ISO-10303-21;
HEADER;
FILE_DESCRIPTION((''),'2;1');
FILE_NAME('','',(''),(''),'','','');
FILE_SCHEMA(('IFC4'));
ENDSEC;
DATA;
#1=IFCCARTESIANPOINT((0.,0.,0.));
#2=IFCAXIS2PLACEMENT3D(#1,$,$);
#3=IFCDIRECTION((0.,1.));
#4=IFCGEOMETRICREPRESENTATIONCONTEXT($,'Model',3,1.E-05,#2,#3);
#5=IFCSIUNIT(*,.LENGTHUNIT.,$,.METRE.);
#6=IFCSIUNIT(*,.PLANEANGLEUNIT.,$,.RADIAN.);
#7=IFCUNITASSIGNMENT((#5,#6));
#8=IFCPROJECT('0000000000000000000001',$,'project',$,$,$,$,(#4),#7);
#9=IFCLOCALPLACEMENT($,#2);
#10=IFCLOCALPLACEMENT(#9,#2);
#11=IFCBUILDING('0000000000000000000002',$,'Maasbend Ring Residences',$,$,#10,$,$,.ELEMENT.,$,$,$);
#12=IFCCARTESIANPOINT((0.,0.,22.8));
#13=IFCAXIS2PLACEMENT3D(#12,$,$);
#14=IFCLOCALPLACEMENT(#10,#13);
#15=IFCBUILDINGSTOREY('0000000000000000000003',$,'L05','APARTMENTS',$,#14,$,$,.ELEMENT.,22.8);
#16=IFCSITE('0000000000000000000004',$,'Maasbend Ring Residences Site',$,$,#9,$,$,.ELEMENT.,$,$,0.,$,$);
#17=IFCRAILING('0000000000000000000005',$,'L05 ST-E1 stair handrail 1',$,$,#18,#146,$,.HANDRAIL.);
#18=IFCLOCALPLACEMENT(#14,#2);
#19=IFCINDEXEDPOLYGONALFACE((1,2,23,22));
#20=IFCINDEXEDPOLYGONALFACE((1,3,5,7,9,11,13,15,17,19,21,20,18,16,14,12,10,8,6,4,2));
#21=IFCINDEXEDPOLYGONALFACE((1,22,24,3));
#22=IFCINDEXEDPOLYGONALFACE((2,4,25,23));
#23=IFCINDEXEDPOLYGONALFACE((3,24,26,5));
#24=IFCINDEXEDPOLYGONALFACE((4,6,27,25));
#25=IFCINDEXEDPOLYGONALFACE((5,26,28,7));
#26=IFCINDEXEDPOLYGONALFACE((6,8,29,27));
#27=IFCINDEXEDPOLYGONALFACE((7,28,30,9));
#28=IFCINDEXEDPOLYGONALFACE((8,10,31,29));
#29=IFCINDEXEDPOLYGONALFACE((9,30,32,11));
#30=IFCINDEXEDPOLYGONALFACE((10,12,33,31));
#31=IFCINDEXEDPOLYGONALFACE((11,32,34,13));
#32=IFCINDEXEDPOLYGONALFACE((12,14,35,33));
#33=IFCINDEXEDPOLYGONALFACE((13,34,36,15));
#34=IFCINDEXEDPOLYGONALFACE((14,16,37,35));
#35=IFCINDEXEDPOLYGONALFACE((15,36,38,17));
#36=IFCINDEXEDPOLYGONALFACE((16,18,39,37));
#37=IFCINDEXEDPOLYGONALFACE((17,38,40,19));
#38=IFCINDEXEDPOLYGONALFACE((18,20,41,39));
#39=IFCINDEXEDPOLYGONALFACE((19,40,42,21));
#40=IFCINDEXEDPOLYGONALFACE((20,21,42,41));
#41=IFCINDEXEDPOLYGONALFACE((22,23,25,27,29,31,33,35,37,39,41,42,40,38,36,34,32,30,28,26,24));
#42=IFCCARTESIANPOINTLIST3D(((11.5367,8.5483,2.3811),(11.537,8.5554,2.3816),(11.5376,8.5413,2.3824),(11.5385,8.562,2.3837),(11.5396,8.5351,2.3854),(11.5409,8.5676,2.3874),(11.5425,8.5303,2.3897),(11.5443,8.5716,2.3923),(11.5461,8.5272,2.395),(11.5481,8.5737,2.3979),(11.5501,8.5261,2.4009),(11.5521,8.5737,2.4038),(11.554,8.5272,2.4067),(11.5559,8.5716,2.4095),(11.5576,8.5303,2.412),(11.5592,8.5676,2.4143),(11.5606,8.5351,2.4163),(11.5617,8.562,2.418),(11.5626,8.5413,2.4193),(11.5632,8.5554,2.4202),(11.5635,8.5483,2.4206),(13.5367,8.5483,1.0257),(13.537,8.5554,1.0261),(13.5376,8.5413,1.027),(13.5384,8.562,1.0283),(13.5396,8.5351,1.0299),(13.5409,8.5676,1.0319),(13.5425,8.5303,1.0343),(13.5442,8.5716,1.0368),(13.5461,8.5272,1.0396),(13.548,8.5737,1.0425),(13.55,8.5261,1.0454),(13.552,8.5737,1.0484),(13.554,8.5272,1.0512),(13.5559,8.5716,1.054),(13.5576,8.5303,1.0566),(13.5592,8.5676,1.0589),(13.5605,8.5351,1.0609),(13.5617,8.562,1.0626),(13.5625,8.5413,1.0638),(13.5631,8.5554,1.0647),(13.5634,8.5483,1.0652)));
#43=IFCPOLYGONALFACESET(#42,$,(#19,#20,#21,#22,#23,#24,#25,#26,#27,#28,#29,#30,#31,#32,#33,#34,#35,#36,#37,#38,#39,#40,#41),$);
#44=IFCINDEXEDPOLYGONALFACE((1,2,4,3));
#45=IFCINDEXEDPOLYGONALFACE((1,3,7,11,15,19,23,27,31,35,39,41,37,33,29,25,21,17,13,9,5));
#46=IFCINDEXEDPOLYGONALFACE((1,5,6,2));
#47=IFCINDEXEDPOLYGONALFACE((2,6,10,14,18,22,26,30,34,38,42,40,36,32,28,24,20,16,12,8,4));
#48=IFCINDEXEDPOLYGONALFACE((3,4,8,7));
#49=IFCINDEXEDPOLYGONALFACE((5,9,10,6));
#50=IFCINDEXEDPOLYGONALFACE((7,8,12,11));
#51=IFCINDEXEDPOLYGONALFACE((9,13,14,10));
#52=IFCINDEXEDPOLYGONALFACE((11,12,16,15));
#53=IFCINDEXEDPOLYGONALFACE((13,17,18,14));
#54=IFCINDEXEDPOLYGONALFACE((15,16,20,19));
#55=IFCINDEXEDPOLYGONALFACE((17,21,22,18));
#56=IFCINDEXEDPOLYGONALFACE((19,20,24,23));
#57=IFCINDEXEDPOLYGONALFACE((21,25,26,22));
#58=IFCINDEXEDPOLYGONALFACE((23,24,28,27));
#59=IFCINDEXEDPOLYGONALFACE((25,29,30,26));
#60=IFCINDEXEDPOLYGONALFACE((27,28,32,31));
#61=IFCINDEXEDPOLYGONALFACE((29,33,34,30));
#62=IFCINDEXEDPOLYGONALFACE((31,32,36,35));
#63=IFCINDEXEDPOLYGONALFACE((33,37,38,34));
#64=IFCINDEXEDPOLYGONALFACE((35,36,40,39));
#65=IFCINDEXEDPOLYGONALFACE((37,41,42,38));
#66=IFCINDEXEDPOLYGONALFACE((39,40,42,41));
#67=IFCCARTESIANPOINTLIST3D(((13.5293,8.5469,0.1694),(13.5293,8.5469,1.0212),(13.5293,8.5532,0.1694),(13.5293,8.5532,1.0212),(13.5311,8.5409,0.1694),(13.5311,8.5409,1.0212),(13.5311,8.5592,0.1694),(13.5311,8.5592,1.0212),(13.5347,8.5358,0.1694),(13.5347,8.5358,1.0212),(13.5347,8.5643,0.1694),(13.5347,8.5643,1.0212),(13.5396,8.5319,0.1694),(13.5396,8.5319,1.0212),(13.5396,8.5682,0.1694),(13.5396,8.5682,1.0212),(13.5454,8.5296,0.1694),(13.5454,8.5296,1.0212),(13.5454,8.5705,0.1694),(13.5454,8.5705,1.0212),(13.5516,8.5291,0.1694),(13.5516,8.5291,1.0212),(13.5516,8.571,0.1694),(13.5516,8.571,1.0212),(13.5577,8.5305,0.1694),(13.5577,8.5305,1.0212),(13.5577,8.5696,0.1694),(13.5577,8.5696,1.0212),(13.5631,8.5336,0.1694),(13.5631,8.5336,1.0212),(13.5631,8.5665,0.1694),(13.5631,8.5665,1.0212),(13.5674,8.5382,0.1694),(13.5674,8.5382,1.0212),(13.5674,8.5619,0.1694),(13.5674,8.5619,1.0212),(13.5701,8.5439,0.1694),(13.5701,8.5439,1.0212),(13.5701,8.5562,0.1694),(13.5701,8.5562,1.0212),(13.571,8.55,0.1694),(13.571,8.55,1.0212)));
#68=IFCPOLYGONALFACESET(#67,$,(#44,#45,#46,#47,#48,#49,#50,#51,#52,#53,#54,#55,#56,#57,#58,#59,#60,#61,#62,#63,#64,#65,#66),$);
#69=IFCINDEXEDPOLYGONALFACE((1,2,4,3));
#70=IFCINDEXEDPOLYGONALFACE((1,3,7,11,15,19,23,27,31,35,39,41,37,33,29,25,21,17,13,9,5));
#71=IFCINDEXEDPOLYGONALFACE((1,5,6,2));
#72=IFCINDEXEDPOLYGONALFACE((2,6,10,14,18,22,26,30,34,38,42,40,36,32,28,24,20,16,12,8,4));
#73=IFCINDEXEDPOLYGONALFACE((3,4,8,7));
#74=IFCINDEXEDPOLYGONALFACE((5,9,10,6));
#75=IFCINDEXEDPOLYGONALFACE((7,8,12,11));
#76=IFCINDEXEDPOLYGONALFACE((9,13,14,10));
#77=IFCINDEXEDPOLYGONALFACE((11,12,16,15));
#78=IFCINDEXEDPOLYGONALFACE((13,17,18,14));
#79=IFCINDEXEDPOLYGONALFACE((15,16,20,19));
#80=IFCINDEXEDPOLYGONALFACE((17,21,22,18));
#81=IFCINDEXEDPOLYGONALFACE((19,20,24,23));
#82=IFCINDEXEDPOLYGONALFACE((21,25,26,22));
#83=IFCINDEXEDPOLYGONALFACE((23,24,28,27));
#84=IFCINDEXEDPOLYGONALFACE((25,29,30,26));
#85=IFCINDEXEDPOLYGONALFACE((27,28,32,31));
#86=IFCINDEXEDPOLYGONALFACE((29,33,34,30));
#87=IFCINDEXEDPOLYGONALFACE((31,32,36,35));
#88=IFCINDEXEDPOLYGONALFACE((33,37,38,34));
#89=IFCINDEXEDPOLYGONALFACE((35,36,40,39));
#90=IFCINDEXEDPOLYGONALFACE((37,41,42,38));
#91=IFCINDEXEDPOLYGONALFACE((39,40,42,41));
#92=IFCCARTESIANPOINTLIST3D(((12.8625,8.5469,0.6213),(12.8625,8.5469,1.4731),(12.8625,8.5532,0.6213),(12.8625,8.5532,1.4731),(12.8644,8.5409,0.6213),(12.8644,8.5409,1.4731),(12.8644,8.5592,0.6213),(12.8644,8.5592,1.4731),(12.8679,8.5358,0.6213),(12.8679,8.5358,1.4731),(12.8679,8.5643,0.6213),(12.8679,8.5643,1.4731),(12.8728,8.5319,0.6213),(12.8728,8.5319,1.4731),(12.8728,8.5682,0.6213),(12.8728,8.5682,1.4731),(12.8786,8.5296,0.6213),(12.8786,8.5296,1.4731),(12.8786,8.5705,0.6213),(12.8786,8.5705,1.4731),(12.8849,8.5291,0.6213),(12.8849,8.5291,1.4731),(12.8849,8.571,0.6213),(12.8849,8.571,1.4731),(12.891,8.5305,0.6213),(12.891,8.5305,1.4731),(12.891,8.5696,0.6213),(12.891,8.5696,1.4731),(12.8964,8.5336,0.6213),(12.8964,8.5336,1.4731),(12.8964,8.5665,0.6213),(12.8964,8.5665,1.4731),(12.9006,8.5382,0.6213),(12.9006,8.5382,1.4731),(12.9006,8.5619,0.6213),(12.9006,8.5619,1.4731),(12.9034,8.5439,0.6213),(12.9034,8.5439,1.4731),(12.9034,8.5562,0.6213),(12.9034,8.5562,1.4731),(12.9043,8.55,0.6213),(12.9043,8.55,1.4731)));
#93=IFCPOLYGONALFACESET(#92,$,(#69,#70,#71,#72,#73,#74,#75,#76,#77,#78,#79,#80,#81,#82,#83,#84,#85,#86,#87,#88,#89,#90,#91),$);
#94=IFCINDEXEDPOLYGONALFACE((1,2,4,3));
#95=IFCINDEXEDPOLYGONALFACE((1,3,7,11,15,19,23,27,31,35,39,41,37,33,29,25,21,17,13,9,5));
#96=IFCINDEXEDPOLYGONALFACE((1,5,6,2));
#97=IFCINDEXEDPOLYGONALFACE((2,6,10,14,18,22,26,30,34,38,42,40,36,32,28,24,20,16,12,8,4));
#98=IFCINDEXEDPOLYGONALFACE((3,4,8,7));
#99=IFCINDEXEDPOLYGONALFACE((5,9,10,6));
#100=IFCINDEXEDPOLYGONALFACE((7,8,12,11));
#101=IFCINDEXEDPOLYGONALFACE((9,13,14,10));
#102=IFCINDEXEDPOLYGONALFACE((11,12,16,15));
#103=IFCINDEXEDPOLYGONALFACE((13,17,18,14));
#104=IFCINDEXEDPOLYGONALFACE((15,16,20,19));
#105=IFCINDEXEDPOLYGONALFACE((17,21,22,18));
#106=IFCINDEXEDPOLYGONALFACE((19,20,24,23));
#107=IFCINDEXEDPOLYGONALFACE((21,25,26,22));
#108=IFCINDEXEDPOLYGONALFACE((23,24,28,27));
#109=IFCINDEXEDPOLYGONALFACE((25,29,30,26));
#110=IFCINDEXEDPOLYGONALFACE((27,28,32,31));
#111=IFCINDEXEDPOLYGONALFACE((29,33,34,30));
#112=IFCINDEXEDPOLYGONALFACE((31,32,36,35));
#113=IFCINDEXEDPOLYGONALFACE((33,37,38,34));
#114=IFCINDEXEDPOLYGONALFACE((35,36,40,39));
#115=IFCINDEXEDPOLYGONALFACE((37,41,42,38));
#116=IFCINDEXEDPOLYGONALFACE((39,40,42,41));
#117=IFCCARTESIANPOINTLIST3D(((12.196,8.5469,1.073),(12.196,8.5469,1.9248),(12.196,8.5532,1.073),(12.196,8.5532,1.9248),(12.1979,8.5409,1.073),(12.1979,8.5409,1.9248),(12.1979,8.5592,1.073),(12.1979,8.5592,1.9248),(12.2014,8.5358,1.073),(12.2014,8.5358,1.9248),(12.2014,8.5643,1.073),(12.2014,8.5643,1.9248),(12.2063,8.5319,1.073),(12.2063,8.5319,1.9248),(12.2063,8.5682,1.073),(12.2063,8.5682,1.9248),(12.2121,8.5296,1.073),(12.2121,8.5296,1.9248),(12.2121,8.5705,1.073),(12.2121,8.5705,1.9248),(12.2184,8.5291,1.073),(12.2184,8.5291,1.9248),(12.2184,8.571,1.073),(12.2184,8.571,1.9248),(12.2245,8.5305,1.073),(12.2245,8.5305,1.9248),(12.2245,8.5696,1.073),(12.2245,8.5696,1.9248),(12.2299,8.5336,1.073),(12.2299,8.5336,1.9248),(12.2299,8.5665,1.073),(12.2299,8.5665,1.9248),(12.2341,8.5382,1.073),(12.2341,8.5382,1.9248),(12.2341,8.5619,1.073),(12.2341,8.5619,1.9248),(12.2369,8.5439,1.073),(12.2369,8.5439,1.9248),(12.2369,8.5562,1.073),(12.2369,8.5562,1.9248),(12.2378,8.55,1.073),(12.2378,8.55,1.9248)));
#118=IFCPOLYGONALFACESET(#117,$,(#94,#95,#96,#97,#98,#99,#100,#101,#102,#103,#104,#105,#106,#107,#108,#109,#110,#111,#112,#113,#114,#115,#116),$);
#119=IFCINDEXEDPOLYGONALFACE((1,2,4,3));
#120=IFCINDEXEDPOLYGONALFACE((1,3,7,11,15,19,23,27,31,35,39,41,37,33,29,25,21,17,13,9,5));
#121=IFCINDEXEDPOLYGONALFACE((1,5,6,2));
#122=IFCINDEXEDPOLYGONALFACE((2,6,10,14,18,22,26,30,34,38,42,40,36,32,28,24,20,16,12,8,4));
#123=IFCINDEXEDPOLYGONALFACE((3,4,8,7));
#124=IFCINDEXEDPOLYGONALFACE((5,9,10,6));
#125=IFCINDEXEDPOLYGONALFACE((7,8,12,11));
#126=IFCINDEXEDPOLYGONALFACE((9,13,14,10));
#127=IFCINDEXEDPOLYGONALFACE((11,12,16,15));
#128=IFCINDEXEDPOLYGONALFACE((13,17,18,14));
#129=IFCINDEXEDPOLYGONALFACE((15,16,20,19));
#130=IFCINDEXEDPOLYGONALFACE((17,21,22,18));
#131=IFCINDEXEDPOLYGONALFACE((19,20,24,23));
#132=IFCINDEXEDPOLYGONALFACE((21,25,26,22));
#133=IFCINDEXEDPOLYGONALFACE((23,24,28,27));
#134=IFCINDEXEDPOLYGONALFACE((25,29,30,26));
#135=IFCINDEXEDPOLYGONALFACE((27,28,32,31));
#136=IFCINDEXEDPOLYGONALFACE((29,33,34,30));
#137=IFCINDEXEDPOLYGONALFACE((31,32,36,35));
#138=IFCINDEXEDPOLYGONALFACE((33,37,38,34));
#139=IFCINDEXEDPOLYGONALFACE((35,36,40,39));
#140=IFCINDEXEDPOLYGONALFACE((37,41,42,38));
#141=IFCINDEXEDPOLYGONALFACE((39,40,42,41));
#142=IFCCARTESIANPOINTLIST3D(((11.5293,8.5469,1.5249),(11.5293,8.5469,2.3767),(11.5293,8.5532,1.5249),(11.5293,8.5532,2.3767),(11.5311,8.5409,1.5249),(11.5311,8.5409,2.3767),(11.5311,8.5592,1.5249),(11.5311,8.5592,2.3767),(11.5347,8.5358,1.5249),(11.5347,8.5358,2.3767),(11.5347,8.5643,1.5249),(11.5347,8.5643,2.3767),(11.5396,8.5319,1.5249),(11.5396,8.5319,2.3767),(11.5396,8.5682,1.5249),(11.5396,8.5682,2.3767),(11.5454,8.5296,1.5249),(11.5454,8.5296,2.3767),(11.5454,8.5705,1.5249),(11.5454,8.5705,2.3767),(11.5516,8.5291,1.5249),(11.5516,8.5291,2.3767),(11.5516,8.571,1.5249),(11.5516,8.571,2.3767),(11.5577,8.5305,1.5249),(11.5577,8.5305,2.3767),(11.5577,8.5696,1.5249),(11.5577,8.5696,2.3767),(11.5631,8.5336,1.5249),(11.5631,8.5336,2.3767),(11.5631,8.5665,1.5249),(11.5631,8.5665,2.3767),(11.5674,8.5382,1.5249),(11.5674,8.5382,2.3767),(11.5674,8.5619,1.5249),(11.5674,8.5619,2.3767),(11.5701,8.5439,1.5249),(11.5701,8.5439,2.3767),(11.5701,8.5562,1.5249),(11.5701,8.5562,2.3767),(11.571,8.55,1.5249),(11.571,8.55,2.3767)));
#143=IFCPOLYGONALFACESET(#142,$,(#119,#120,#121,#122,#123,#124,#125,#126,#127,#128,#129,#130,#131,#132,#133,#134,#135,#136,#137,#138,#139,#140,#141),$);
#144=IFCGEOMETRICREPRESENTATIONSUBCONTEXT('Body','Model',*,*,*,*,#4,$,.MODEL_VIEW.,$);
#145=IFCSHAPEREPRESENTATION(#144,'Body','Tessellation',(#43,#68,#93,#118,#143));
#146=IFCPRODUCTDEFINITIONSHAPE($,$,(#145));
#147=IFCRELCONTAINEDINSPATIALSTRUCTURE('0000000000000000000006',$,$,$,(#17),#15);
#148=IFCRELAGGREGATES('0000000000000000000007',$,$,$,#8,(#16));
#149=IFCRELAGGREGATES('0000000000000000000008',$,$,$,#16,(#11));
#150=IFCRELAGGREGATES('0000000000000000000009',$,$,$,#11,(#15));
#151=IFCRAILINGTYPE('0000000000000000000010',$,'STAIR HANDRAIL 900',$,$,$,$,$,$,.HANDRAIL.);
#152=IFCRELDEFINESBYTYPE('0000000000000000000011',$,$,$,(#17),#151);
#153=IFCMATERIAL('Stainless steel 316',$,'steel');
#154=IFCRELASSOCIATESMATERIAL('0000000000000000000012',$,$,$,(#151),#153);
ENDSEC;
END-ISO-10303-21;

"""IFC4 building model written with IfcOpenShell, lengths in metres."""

from ifc_helpers import new_model, si_unit, direction, frame, origin, origin_2d, place, context, subcontext, project, spatial, circle, extrude, material, type_object, element, save


model = new_model("IFC4")

# Units and contexts
model_context = context("Model", 3, precision=1e-05, world=origin(), true_north=direction((0.0, 1.0)))
body_context = subcontext(model_context, "Body", "Model", "MODEL_VIEW")
ifc_project = project(units=[si_unit("LENGTHUNIT", "METRE"), si_unit("PLANEANGLEUNIT", "RADIAN")], contexts=[model_context])

# Site, building, storey
site_placement = place(None, origin())
site = spatial("IfcSite", under=ifc_project, at=site_placement, Name="Maasbend Ring Residences Site", CompositionType="ELEMENT", RefElevation=0.0)
building_placement = place(site_placement, origin())
building = spatial("IfcBuilding", under=site, at=building_placement, Name="Maasbend Ring Residences", CompositionType="ELEMENT")
storey_placement = place(building_placement, frame((0.0, 0.0, 22.8)))
storey = spatial("IfcBuildingStorey", under=building, at=storey_placement, Name="L05", Description="APARTMENTS", CompositionType="ELEMENT", Elevation=22.8)

# Railing
ifc_material_1 = material(Name="Stainless steel 316", Category="steel")
railing_type_1 = type_object("IfcRailingType", Name="STAIR HANDRAIL 900", PredefinedType="HANDRAIL", material=ifc_material_1)
railing_1_placement = place(storey_placement, frame((13.55, 8.55, 0.1694)))
element("IfcRailing", 1, at=railing_1_placement, inside=storey, type_object=railing_type_1, Name="L05 ST-E1 stair handrail 1", PredefinedType="HANDRAIL", context=body_context, shape_type="SweptSolid", body=[
    extrude(circle(Radius=0.0239, at=origin_2d()), frame((0.0, 0.0, 0.876), z_axis=(-0.827798, 0.0, 0.561027), x_axis=(0.0, -1.0, 0.0)), (0.0, 0.0, 1.0), 2.416),
    extrude(circle(Radius=0.021, at=origin_2d()), origin(), (0.0, 0.0, 1.0), 0.8518),
    extrude(circle(Radius=0.021, at=origin_2d()), frame((-0.6667, 0.0, 0.4519)), (0.0, 0.0, 1.0), 0.8518),
    extrude(circle(Radius=0.021, at=origin_2d()), frame((-1.3333, 0.0, 0.9036)), (0.0, 0.0, 1.0), 0.8518),
    extrude(circle(Radius=0.021, at=origin_2d()), frame((-2.0, 0.0, 1.3555)), (0.0, 0.0, 1.0), 0.8518),
])

save(model, "model.ifc")
